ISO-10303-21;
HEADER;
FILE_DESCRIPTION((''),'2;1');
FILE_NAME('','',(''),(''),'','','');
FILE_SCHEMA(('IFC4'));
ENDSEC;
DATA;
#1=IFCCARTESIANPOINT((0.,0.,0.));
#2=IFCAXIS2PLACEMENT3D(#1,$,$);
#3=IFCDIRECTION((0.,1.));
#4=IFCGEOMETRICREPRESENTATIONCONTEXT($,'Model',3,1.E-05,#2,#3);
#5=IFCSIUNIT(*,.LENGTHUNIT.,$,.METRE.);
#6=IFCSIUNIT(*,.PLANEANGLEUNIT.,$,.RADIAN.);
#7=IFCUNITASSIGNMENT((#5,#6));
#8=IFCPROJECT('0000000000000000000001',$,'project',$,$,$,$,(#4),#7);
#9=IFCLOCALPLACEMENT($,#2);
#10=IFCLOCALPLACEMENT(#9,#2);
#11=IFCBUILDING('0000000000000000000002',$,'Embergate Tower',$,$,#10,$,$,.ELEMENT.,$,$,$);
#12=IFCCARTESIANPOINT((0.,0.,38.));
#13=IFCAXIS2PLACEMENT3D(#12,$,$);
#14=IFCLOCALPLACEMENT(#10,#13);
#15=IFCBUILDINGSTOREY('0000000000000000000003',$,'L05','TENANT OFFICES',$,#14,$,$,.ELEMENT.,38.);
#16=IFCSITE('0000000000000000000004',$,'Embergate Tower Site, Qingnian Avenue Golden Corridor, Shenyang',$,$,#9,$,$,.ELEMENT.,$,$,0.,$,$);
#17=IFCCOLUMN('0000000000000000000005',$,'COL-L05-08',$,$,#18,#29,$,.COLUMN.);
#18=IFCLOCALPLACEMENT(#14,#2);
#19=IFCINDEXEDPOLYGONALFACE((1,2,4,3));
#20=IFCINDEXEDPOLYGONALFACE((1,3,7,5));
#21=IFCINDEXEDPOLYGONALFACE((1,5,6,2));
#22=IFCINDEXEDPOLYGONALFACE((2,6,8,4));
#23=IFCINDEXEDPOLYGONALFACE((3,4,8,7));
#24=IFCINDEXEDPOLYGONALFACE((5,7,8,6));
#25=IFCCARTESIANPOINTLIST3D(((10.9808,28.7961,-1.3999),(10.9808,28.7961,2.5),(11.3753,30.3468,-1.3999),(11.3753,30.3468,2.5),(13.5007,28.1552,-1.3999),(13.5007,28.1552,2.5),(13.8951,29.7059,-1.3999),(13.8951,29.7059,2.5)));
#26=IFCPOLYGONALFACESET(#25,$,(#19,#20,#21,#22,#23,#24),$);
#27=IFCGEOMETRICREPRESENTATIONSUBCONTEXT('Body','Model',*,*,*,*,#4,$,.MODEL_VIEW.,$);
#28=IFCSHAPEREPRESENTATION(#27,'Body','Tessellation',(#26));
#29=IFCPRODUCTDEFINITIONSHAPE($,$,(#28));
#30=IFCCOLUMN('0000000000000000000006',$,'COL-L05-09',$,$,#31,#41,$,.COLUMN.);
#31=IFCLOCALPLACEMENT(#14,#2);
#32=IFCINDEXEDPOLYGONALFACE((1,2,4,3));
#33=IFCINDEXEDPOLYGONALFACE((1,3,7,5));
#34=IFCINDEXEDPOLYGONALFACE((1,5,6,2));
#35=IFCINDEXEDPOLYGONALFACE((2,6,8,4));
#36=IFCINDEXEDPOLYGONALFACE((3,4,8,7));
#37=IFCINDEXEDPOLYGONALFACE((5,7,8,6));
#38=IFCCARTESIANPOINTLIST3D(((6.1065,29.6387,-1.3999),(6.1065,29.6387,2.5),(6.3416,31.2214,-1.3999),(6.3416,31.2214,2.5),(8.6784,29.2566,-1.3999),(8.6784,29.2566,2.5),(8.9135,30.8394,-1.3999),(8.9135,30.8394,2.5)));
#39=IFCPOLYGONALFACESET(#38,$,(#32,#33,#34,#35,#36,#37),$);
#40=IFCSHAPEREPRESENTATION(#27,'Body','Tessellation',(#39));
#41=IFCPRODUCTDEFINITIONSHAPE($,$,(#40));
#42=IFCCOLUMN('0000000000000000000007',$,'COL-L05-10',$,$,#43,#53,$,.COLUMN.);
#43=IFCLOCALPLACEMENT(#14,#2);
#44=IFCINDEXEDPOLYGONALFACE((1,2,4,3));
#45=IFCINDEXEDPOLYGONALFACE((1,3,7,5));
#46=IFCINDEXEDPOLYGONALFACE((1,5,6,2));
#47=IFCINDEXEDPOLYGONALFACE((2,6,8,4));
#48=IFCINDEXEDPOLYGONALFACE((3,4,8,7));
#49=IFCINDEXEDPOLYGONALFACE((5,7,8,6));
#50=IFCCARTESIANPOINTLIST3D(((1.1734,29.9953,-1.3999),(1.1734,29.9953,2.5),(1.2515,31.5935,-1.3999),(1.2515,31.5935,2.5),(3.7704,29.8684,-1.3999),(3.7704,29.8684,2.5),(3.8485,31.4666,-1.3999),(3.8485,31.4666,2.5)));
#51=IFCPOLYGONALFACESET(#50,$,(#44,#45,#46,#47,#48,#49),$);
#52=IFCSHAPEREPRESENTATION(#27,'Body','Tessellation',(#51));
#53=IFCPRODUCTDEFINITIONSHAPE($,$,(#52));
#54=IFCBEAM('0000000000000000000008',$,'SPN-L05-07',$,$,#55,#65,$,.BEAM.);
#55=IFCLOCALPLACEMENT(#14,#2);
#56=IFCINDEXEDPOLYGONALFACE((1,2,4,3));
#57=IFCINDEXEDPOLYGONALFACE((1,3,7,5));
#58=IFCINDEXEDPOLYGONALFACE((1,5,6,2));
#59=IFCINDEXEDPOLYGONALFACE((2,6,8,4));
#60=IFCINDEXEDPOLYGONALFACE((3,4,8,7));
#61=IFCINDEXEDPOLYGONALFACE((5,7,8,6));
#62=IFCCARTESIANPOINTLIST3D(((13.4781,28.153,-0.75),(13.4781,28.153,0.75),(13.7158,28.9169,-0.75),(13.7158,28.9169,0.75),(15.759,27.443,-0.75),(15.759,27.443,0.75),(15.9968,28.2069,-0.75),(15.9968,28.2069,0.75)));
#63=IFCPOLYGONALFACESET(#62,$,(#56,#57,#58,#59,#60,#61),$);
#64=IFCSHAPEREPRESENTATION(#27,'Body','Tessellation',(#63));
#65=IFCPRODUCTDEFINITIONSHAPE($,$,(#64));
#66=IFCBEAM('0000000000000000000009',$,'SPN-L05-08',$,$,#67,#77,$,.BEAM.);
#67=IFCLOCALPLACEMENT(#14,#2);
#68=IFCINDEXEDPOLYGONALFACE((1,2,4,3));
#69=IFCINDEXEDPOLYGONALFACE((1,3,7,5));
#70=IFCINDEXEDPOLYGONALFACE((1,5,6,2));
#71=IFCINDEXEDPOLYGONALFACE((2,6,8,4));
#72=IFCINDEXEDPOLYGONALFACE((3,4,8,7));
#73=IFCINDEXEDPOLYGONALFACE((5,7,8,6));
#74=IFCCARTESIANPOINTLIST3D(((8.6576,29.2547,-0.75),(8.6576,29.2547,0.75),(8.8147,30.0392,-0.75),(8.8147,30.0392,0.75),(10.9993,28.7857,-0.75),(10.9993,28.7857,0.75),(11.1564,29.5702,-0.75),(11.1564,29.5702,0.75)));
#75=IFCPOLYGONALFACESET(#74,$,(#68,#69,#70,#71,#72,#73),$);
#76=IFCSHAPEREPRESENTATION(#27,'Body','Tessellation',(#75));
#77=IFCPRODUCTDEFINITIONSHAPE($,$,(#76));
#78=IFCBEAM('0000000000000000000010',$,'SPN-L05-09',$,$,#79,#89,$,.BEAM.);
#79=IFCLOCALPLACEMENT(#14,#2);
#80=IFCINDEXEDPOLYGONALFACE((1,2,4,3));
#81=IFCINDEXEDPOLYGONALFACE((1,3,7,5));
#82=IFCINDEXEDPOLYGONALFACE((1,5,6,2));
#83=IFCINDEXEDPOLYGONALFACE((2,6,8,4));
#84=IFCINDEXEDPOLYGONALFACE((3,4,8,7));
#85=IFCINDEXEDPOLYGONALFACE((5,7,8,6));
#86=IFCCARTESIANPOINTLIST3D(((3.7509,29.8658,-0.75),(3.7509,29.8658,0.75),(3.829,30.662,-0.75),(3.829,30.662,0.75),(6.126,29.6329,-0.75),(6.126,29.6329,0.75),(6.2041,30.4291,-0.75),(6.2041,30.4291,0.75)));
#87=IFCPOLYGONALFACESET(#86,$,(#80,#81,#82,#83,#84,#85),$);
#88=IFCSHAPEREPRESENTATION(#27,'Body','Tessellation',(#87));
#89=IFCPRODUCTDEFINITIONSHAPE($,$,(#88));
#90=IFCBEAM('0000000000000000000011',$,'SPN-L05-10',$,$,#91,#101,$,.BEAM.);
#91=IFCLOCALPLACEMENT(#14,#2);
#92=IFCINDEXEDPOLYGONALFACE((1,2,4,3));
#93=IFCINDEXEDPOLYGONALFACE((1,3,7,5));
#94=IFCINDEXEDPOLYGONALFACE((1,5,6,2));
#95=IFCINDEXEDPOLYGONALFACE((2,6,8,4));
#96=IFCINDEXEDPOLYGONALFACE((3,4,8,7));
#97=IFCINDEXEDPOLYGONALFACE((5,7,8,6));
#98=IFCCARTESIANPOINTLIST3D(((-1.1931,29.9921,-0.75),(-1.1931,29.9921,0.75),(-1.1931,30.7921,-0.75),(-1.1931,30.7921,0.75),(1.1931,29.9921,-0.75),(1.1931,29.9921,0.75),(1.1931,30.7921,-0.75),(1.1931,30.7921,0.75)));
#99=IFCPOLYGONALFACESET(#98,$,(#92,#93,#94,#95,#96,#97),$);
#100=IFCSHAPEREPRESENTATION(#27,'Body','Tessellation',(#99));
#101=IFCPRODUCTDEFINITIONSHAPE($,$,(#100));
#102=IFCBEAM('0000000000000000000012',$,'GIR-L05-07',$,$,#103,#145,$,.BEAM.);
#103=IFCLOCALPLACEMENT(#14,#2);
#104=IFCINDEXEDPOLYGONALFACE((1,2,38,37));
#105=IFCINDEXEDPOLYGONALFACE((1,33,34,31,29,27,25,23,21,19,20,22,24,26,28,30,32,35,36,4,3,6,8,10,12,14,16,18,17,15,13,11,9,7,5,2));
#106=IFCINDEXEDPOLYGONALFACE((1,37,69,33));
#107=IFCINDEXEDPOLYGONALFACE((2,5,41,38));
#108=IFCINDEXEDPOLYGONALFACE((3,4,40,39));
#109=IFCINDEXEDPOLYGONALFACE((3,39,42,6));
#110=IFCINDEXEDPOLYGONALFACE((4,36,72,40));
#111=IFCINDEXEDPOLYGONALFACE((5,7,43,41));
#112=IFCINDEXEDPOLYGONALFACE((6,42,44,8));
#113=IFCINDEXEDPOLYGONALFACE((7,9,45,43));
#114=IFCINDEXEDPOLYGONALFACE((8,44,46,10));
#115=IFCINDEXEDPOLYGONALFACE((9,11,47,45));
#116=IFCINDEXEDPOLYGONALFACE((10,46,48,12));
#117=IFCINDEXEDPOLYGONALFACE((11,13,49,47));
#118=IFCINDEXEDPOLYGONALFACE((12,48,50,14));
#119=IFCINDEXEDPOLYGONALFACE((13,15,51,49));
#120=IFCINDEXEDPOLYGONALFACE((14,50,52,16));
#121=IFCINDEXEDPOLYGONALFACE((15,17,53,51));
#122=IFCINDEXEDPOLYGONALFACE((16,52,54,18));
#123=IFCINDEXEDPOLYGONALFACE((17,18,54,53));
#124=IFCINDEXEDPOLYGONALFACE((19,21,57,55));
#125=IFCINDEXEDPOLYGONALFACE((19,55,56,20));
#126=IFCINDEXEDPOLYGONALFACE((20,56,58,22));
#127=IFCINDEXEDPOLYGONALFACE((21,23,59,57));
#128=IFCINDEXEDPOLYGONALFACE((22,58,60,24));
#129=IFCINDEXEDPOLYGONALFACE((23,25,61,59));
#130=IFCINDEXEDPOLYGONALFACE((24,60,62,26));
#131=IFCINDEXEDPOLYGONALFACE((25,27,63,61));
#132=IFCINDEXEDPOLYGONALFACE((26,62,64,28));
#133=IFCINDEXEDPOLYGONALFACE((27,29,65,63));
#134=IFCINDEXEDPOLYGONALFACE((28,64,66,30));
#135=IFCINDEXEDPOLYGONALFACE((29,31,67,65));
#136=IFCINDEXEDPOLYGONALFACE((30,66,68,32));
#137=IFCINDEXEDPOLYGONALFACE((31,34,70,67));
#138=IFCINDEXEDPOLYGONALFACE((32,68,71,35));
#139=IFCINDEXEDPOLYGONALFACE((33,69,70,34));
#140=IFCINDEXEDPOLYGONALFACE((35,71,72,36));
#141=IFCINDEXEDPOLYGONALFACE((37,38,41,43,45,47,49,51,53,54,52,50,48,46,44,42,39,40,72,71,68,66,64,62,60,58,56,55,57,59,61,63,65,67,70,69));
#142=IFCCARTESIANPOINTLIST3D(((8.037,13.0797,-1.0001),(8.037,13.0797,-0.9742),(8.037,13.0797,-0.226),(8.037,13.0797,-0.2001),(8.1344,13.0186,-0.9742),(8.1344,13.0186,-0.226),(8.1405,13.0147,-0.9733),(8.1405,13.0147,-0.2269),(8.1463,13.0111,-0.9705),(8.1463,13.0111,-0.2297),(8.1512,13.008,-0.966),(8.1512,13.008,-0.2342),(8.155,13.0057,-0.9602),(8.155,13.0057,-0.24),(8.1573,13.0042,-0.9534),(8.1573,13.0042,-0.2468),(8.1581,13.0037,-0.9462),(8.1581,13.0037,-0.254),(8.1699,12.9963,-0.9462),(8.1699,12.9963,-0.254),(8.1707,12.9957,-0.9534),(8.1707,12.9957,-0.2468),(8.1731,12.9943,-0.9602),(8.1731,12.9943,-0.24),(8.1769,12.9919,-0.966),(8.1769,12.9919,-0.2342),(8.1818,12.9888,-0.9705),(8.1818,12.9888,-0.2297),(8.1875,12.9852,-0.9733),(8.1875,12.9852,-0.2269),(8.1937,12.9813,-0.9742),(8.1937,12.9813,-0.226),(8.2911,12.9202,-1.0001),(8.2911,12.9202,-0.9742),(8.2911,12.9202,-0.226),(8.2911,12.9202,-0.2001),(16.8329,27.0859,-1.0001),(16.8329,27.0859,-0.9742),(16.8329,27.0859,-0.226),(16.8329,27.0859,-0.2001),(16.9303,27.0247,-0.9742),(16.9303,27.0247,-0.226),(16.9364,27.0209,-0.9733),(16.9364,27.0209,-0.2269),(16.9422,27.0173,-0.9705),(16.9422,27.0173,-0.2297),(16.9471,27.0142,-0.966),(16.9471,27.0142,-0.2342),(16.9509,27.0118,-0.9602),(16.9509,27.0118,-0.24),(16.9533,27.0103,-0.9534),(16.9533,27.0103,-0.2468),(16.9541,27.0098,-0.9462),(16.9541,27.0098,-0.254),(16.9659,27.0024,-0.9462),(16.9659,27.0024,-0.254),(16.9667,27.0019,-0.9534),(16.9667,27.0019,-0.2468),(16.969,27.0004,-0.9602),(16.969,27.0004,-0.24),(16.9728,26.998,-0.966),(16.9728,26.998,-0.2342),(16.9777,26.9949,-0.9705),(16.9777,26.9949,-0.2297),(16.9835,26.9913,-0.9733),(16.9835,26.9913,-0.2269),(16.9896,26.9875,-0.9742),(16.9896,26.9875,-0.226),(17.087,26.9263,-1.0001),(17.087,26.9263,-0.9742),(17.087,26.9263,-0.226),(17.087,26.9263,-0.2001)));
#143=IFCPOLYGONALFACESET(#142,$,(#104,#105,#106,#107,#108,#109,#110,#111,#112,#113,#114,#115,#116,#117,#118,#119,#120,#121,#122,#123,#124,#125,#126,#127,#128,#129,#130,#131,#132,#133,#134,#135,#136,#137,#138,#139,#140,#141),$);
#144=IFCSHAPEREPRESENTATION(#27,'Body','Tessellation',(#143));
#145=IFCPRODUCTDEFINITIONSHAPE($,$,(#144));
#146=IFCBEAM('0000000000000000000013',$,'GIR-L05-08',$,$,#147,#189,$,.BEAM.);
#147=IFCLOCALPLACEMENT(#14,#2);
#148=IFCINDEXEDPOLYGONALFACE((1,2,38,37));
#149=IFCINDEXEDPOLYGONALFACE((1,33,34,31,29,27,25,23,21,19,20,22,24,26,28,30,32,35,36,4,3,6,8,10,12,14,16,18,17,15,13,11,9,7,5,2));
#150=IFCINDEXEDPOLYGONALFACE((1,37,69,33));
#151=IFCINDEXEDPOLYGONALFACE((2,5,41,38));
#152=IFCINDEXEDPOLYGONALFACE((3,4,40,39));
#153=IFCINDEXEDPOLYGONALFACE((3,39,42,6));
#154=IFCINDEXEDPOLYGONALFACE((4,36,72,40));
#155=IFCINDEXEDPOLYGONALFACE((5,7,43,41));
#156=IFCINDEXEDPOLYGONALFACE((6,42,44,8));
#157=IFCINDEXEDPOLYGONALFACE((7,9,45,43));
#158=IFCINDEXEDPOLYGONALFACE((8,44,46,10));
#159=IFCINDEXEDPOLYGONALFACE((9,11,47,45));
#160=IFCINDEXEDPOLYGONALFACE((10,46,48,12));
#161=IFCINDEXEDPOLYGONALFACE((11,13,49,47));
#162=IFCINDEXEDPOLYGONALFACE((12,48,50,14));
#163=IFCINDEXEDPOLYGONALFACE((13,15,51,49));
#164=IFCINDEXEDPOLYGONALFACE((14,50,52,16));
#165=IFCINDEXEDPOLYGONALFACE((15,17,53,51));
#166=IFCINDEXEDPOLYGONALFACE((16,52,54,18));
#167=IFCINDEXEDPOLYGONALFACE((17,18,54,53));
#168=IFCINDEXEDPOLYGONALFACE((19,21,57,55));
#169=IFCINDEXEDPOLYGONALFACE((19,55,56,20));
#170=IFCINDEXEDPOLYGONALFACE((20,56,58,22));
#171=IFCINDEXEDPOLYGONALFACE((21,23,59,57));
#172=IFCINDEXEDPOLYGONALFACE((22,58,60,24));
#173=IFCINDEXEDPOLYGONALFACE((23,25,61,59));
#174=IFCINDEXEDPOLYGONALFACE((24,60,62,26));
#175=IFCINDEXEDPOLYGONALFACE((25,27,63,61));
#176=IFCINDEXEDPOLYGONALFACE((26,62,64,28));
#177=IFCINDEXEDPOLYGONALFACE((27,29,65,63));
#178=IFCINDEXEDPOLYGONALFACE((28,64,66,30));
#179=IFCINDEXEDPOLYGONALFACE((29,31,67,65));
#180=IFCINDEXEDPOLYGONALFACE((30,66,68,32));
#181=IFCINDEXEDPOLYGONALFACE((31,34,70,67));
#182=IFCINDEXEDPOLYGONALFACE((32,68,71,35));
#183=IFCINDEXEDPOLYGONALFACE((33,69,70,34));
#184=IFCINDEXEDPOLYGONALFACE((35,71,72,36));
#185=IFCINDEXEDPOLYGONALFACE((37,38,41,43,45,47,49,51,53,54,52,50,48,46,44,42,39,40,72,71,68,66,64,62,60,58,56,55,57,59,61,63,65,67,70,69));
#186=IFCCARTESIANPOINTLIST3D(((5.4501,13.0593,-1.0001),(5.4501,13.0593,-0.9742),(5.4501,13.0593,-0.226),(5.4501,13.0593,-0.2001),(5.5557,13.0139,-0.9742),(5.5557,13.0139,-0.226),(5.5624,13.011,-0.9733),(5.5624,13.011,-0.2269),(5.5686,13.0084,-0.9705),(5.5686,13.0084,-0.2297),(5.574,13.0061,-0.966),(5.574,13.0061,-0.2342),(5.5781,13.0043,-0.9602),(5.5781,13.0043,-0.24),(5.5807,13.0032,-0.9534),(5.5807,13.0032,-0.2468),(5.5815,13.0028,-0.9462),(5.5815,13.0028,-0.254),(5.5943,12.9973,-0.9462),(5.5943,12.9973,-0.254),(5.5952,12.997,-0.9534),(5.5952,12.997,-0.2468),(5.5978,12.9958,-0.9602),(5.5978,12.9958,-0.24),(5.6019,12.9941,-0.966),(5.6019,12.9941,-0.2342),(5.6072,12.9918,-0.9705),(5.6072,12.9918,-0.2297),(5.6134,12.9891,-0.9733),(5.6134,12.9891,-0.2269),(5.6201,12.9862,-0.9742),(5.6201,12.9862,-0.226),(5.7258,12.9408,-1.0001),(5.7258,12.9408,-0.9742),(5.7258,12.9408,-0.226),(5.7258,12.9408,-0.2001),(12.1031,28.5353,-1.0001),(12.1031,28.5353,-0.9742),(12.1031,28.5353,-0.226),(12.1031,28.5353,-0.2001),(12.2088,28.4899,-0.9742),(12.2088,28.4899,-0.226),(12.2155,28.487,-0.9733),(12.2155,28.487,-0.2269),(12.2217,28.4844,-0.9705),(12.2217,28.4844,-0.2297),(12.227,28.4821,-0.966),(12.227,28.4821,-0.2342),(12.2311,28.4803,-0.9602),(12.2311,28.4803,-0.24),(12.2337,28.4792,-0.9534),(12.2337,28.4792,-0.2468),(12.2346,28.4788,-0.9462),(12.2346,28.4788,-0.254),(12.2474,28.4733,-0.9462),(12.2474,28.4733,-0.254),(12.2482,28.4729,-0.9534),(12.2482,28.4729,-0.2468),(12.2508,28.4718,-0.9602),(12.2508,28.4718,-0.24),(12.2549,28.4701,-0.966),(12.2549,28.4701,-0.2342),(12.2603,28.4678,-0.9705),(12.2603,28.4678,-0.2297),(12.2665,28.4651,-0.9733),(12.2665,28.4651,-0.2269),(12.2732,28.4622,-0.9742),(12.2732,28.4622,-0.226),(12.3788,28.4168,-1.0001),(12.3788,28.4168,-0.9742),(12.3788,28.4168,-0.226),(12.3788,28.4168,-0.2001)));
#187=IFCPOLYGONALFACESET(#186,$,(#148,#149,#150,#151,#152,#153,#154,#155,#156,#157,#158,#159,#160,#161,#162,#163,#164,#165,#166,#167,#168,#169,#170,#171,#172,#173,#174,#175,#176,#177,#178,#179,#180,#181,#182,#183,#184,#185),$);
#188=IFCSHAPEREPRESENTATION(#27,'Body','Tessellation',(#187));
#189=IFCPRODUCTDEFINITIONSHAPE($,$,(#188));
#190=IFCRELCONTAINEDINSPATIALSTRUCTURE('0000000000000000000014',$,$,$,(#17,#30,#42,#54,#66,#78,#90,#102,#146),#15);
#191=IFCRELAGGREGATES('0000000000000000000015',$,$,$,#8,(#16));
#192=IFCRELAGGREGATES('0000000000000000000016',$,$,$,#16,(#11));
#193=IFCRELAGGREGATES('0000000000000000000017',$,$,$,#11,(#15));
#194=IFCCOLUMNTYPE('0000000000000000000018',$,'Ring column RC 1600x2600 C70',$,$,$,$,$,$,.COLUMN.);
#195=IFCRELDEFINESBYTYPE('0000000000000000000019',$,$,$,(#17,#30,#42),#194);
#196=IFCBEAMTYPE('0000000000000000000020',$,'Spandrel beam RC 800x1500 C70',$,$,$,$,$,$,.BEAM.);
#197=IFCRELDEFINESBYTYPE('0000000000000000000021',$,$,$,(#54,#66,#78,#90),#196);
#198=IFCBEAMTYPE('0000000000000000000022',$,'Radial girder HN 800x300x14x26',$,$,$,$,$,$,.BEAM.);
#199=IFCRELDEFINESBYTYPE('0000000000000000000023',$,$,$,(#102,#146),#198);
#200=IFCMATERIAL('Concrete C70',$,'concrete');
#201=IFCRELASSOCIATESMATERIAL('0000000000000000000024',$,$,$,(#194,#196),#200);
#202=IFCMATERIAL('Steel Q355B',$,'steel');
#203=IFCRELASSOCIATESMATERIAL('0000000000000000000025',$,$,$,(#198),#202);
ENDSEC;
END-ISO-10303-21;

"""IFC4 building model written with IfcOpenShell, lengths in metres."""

from ifc_helpers import new_model, si_unit, direction, frame, origin, origin_2d, place, context, subcontext, project, spatial, rectangle, i_section, extrude, source, transform, mapped, material, material_profile, profile_set, type_object, element, save


model = new_model("IFC4")

# Units and contexts
model_context = context("Model", 3, precision=1e-05, world=origin(), true_north=direction((0.0, 1.0)))
body_context = subcontext(model_context, "Body", "Model", "MODEL_VIEW")
ifc_project = project(units=[si_unit("LENGTHUNIT", "METRE"), si_unit("PLANEANGLEUNIT", "RADIAN")], contexts=[model_context])

# Site, building, storey
site_placement = place(None, origin())
site = spatial("IfcSite", under=ifc_project, at=site_placement, Name="Embergate Tower Site, Qingnian Avenue Golden Corridor, Shenyang", CompositionType="ELEMENT", RefElevation=0.0)
building_placement = place(site_placement, origin())
building = spatial("IfcBuilding", under=site, at=building_placement, Name="Embergate Tower", CompositionType="ELEMENT")
storey_placement = place(building_placement, frame((0.0, 0.0, 38.0)))
storey = spatial("IfcBuildingStorey", under=building, at=storey_placement, Name="L05", Description="TENANT OFFICES", CompositionType="ELEMENT", Elevation=38.0)

# Columns
ifc_material_1 = material(Name="Concrete C70", Category="concrete")
ifc_material_profile_1 = material_profile(ifc_material_1, rectangle(XDim=1.6001, YDim=2.6001, at=origin_2d()), Name="RC 1600x2600")
ifc_profile_set_1 = profile_set([ifc_material_profile_1], Name="Concrete C70")
column_type = type_object("IfcColumnType", Name="Ring column RC 1600x2600 C70", PredefinedType="COLUMN", material=ifc_profile_set_1)
shared_shape_1 = source(origin(), body_context, "Body", "SweptSolid", [
    extrude(rectangle(XDim=1.6001, YDim=2.6001, at=origin_2d()), origin(), (0.0, 0.0, 1.0), 3.8999),
])
for number, where, z_axis, x_axis, name in (
    (1, (12.438, 29.251, -1.3999), (0.0, 0.0, 1.0), (0.246492, 0.969145, 0.0), "COL-L05-08"),
    (2, (7.51, 30.239, -1.3999), (0.0, 0.0, 1.0), (0.146929, 0.989147, 0.0), "COL-L05-09"),
    (3, (2.511, 30.731, -1.3999), (0.0, 0.0, 1.0), (0.048815, 0.998808, 0.0), "COL-L05-10"),
):
    element("IfcColumn", number, at=place(storey_placement, frame(where, z_axis=z_axis, x_axis=x_axis)), inside=storey, type_object=column_type, Name=name, PredefinedType="COLUMN", context=body_context, shape_type="MappedRepresentation", body=[
        mapped(shared_shape_1, transform((0.0, 0.0, 0.0))),
    ])

# Beams
ifc_material_profile_2 = material_profile(ifc_material_1, rectangle(XDim=0.8, YDim=1.5, at=origin_2d()), Name="RC 800x1500")
ifc_profile_set_2 = profile_set([ifc_material_profile_2], Name="Concrete C70")
beam_type_1 = type_object("IfcBeamType", Name="Spandrel beam RC 800x1500 C70", PredefinedType="BEAM", material=ifc_profile_set_2)
shared_shape_2 = source(origin(), body_context, "Body", "SweptSolid", [
    extrude(rectangle(XDim=0.8, YDim=1.5, at=origin_2d()), origin(), (0.0, 0.0, 1.0), 2.3889),
])
beam_1_placement = place(storey_placement, frame((15.8779, 27.825, 0.0), z_axis=(-0.954819, 0.297187, 0.0), x_axis=(-0.297187, -0.954819, 0.0)))
element("IfcBeam", 4, at=beam_1_placement, inside=storey, type_object=beam_type_1, Name="SPN-L05-07", PredefinedType="BEAM", context=body_context, shape_type="MappedRepresentation", body=[
    mapped(shared_shape_2, transform((0.0, 0.0, 0.0))),
])
shared_shape_3 = source(origin(), body_context, "Body", "SweptSolid", [
    extrude(rectangle(XDim=0.8, YDim=1.5, at=origin_2d()), origin(), (0.0, 0.0, 1.0), 2.3882),
])
beam_2_placement = place(storey_placement, frame((11.0779, 29.178, 0.0), z_axis=(-0.98053, 0.196372, 0.0), x_axis=(-0.196372, -0.98053, 0.0)))
element("IfcBeam", 5, at=beam_2_placement, inside=storey, type_object=beam_type_1, Name="SPN-L05-08", PredefinedType="BEAM", context=body_context, shape_type="MappedRepresentation", body=[
    mapped(shared_shape_3, transform((0.0, 0.0, 0.0))),
])
shared_shape_4 = source(origin(), body_context, "Body", "SweptSolid", [
    extrude(rectangle(XDim=0.8, YDim=1.5, at=origin_2d()), origin(), (0.0, 0.0, 1.0), 2.3865),
])
beam_3_placement = place(storey_placement, frame((6.165, 30.031, 0.0), z_axis=(-0.995226, 0.097599, 0.0), x_axis=(-0.097599, -0.995226, 0.0)))
element("IfcBeam", 6, at=beam_3_placement, inside=storey, type_object=beam_type_1, Name="SPN-L05-09", PredefinedType="BEAM", context=body_context, shape_type="MappedRepresentation", body=[
    mapped(shared_shape_4, transform((0.0, 0.0, 0.0))),
])
shared_shape_5 = source(origin(), body_context, "Body", "SweptSolid", [
    extrude(rectangle(XDim=0.8, YDim=1.5, at=origin_2d()), origin(), (0.0, 0.0, 1.0), 2.3862),
])
beam_4_placement = place(storey_placement, frame((1.1931, 30.3921, 0.0), z_axis=(-1.0, 0.0, 0.0), x_axis=(0.0, -1.0, 0.0)))
element("IfcBeam", 7, at=beam_4_placement, inside=storey, type_object=beam_type_1, Name="SPN-L05-10", PredefinedType="BEAM", context=body_context, shape_type="MappedRepresentation", body=[
    mapped(shared_shape_5, transform((0.0, 0.0, 0.0))),
])
ifc_material_2 = material(Name="Steel Q355B", Category="steel")
ifc_material_profile_3 = material_profile(ifc_material_2, i_section(OverallWidth=0.3, OverallDepth=0.8, WebThickness=0.0139, FlangeThickness=0.0259, FilletRadius=0.0281, at=origin_2d()), Name="HN 800x300x14x26")
ifc_profile_set_3 = profile_set([ifc_material_profile_3], Name="Steel Q355 grade B")
beam_type_2 = type_object("IfcBeamType", Name="Radial girder HN 800x300x14x26", PredefinedType="BEAM", material=ifc_profile_set_3)
shared_shape_6 = source(origin(), body_context, "Body", "SweptSolid", [
    extrude(i_section(OverallWidth=0.3, OverallDepth=0.8, WebThickness=0.0139, FlangeThickness=0.0259, FilletRadius=0.0281, at=origin_2d()), origin(), (0.0, 0.0, 1.0), 16.5391),
])
beam_5_placement = place(storey_placement, frame((16.96, 27.0061, -0.6001), z_axis=(-0.531827, -0.846853, 0.0), x_axis=(0.846853, -0.531827, 0.0)))
element("IfcBeam", 8, at=beam_5_placement, inside=storey, type_object=beam_type_2, Name="GIR-L05-07", PredefinedType="BEAM", context=body_context, shape_type="MappedRepresentation", body=[
    mapped(shared_shape_6, transform((0.0, 0.0, 0.0))),
])
shared_shape_7 = source(origin(), body_context, "Body", "SweptSolid", [
    extrude(i_section(OverallWidth=0.3, OverallDepth=0.8, WebThickness=0.0139, FlangeThickness=0.0259, FilletRadius=0.0281, at=origin_2d()), origin(), (0.0, 0.0, 1.0), 16.8455),
])
beam_6_placement = place(storey_placement, frame((12.241, 28.4761, -0.6001), z_axis=(-0.394946, -0.918704, 0.0), x_axis=(0.918704, -0.394946, 0.0)))
element("IfcBeam", 9, at=beam_6_placement, inside=storey, type_object=beam_type_2, Name="GIR-L05-08", PredefinedType="BEAM", context=body_context, shape_type="MappedRepresentation", body=[
    mapped(shared_shape_7, transform((0.0, 0.0, 0.0))),
])

save(model, "model.ifc")
